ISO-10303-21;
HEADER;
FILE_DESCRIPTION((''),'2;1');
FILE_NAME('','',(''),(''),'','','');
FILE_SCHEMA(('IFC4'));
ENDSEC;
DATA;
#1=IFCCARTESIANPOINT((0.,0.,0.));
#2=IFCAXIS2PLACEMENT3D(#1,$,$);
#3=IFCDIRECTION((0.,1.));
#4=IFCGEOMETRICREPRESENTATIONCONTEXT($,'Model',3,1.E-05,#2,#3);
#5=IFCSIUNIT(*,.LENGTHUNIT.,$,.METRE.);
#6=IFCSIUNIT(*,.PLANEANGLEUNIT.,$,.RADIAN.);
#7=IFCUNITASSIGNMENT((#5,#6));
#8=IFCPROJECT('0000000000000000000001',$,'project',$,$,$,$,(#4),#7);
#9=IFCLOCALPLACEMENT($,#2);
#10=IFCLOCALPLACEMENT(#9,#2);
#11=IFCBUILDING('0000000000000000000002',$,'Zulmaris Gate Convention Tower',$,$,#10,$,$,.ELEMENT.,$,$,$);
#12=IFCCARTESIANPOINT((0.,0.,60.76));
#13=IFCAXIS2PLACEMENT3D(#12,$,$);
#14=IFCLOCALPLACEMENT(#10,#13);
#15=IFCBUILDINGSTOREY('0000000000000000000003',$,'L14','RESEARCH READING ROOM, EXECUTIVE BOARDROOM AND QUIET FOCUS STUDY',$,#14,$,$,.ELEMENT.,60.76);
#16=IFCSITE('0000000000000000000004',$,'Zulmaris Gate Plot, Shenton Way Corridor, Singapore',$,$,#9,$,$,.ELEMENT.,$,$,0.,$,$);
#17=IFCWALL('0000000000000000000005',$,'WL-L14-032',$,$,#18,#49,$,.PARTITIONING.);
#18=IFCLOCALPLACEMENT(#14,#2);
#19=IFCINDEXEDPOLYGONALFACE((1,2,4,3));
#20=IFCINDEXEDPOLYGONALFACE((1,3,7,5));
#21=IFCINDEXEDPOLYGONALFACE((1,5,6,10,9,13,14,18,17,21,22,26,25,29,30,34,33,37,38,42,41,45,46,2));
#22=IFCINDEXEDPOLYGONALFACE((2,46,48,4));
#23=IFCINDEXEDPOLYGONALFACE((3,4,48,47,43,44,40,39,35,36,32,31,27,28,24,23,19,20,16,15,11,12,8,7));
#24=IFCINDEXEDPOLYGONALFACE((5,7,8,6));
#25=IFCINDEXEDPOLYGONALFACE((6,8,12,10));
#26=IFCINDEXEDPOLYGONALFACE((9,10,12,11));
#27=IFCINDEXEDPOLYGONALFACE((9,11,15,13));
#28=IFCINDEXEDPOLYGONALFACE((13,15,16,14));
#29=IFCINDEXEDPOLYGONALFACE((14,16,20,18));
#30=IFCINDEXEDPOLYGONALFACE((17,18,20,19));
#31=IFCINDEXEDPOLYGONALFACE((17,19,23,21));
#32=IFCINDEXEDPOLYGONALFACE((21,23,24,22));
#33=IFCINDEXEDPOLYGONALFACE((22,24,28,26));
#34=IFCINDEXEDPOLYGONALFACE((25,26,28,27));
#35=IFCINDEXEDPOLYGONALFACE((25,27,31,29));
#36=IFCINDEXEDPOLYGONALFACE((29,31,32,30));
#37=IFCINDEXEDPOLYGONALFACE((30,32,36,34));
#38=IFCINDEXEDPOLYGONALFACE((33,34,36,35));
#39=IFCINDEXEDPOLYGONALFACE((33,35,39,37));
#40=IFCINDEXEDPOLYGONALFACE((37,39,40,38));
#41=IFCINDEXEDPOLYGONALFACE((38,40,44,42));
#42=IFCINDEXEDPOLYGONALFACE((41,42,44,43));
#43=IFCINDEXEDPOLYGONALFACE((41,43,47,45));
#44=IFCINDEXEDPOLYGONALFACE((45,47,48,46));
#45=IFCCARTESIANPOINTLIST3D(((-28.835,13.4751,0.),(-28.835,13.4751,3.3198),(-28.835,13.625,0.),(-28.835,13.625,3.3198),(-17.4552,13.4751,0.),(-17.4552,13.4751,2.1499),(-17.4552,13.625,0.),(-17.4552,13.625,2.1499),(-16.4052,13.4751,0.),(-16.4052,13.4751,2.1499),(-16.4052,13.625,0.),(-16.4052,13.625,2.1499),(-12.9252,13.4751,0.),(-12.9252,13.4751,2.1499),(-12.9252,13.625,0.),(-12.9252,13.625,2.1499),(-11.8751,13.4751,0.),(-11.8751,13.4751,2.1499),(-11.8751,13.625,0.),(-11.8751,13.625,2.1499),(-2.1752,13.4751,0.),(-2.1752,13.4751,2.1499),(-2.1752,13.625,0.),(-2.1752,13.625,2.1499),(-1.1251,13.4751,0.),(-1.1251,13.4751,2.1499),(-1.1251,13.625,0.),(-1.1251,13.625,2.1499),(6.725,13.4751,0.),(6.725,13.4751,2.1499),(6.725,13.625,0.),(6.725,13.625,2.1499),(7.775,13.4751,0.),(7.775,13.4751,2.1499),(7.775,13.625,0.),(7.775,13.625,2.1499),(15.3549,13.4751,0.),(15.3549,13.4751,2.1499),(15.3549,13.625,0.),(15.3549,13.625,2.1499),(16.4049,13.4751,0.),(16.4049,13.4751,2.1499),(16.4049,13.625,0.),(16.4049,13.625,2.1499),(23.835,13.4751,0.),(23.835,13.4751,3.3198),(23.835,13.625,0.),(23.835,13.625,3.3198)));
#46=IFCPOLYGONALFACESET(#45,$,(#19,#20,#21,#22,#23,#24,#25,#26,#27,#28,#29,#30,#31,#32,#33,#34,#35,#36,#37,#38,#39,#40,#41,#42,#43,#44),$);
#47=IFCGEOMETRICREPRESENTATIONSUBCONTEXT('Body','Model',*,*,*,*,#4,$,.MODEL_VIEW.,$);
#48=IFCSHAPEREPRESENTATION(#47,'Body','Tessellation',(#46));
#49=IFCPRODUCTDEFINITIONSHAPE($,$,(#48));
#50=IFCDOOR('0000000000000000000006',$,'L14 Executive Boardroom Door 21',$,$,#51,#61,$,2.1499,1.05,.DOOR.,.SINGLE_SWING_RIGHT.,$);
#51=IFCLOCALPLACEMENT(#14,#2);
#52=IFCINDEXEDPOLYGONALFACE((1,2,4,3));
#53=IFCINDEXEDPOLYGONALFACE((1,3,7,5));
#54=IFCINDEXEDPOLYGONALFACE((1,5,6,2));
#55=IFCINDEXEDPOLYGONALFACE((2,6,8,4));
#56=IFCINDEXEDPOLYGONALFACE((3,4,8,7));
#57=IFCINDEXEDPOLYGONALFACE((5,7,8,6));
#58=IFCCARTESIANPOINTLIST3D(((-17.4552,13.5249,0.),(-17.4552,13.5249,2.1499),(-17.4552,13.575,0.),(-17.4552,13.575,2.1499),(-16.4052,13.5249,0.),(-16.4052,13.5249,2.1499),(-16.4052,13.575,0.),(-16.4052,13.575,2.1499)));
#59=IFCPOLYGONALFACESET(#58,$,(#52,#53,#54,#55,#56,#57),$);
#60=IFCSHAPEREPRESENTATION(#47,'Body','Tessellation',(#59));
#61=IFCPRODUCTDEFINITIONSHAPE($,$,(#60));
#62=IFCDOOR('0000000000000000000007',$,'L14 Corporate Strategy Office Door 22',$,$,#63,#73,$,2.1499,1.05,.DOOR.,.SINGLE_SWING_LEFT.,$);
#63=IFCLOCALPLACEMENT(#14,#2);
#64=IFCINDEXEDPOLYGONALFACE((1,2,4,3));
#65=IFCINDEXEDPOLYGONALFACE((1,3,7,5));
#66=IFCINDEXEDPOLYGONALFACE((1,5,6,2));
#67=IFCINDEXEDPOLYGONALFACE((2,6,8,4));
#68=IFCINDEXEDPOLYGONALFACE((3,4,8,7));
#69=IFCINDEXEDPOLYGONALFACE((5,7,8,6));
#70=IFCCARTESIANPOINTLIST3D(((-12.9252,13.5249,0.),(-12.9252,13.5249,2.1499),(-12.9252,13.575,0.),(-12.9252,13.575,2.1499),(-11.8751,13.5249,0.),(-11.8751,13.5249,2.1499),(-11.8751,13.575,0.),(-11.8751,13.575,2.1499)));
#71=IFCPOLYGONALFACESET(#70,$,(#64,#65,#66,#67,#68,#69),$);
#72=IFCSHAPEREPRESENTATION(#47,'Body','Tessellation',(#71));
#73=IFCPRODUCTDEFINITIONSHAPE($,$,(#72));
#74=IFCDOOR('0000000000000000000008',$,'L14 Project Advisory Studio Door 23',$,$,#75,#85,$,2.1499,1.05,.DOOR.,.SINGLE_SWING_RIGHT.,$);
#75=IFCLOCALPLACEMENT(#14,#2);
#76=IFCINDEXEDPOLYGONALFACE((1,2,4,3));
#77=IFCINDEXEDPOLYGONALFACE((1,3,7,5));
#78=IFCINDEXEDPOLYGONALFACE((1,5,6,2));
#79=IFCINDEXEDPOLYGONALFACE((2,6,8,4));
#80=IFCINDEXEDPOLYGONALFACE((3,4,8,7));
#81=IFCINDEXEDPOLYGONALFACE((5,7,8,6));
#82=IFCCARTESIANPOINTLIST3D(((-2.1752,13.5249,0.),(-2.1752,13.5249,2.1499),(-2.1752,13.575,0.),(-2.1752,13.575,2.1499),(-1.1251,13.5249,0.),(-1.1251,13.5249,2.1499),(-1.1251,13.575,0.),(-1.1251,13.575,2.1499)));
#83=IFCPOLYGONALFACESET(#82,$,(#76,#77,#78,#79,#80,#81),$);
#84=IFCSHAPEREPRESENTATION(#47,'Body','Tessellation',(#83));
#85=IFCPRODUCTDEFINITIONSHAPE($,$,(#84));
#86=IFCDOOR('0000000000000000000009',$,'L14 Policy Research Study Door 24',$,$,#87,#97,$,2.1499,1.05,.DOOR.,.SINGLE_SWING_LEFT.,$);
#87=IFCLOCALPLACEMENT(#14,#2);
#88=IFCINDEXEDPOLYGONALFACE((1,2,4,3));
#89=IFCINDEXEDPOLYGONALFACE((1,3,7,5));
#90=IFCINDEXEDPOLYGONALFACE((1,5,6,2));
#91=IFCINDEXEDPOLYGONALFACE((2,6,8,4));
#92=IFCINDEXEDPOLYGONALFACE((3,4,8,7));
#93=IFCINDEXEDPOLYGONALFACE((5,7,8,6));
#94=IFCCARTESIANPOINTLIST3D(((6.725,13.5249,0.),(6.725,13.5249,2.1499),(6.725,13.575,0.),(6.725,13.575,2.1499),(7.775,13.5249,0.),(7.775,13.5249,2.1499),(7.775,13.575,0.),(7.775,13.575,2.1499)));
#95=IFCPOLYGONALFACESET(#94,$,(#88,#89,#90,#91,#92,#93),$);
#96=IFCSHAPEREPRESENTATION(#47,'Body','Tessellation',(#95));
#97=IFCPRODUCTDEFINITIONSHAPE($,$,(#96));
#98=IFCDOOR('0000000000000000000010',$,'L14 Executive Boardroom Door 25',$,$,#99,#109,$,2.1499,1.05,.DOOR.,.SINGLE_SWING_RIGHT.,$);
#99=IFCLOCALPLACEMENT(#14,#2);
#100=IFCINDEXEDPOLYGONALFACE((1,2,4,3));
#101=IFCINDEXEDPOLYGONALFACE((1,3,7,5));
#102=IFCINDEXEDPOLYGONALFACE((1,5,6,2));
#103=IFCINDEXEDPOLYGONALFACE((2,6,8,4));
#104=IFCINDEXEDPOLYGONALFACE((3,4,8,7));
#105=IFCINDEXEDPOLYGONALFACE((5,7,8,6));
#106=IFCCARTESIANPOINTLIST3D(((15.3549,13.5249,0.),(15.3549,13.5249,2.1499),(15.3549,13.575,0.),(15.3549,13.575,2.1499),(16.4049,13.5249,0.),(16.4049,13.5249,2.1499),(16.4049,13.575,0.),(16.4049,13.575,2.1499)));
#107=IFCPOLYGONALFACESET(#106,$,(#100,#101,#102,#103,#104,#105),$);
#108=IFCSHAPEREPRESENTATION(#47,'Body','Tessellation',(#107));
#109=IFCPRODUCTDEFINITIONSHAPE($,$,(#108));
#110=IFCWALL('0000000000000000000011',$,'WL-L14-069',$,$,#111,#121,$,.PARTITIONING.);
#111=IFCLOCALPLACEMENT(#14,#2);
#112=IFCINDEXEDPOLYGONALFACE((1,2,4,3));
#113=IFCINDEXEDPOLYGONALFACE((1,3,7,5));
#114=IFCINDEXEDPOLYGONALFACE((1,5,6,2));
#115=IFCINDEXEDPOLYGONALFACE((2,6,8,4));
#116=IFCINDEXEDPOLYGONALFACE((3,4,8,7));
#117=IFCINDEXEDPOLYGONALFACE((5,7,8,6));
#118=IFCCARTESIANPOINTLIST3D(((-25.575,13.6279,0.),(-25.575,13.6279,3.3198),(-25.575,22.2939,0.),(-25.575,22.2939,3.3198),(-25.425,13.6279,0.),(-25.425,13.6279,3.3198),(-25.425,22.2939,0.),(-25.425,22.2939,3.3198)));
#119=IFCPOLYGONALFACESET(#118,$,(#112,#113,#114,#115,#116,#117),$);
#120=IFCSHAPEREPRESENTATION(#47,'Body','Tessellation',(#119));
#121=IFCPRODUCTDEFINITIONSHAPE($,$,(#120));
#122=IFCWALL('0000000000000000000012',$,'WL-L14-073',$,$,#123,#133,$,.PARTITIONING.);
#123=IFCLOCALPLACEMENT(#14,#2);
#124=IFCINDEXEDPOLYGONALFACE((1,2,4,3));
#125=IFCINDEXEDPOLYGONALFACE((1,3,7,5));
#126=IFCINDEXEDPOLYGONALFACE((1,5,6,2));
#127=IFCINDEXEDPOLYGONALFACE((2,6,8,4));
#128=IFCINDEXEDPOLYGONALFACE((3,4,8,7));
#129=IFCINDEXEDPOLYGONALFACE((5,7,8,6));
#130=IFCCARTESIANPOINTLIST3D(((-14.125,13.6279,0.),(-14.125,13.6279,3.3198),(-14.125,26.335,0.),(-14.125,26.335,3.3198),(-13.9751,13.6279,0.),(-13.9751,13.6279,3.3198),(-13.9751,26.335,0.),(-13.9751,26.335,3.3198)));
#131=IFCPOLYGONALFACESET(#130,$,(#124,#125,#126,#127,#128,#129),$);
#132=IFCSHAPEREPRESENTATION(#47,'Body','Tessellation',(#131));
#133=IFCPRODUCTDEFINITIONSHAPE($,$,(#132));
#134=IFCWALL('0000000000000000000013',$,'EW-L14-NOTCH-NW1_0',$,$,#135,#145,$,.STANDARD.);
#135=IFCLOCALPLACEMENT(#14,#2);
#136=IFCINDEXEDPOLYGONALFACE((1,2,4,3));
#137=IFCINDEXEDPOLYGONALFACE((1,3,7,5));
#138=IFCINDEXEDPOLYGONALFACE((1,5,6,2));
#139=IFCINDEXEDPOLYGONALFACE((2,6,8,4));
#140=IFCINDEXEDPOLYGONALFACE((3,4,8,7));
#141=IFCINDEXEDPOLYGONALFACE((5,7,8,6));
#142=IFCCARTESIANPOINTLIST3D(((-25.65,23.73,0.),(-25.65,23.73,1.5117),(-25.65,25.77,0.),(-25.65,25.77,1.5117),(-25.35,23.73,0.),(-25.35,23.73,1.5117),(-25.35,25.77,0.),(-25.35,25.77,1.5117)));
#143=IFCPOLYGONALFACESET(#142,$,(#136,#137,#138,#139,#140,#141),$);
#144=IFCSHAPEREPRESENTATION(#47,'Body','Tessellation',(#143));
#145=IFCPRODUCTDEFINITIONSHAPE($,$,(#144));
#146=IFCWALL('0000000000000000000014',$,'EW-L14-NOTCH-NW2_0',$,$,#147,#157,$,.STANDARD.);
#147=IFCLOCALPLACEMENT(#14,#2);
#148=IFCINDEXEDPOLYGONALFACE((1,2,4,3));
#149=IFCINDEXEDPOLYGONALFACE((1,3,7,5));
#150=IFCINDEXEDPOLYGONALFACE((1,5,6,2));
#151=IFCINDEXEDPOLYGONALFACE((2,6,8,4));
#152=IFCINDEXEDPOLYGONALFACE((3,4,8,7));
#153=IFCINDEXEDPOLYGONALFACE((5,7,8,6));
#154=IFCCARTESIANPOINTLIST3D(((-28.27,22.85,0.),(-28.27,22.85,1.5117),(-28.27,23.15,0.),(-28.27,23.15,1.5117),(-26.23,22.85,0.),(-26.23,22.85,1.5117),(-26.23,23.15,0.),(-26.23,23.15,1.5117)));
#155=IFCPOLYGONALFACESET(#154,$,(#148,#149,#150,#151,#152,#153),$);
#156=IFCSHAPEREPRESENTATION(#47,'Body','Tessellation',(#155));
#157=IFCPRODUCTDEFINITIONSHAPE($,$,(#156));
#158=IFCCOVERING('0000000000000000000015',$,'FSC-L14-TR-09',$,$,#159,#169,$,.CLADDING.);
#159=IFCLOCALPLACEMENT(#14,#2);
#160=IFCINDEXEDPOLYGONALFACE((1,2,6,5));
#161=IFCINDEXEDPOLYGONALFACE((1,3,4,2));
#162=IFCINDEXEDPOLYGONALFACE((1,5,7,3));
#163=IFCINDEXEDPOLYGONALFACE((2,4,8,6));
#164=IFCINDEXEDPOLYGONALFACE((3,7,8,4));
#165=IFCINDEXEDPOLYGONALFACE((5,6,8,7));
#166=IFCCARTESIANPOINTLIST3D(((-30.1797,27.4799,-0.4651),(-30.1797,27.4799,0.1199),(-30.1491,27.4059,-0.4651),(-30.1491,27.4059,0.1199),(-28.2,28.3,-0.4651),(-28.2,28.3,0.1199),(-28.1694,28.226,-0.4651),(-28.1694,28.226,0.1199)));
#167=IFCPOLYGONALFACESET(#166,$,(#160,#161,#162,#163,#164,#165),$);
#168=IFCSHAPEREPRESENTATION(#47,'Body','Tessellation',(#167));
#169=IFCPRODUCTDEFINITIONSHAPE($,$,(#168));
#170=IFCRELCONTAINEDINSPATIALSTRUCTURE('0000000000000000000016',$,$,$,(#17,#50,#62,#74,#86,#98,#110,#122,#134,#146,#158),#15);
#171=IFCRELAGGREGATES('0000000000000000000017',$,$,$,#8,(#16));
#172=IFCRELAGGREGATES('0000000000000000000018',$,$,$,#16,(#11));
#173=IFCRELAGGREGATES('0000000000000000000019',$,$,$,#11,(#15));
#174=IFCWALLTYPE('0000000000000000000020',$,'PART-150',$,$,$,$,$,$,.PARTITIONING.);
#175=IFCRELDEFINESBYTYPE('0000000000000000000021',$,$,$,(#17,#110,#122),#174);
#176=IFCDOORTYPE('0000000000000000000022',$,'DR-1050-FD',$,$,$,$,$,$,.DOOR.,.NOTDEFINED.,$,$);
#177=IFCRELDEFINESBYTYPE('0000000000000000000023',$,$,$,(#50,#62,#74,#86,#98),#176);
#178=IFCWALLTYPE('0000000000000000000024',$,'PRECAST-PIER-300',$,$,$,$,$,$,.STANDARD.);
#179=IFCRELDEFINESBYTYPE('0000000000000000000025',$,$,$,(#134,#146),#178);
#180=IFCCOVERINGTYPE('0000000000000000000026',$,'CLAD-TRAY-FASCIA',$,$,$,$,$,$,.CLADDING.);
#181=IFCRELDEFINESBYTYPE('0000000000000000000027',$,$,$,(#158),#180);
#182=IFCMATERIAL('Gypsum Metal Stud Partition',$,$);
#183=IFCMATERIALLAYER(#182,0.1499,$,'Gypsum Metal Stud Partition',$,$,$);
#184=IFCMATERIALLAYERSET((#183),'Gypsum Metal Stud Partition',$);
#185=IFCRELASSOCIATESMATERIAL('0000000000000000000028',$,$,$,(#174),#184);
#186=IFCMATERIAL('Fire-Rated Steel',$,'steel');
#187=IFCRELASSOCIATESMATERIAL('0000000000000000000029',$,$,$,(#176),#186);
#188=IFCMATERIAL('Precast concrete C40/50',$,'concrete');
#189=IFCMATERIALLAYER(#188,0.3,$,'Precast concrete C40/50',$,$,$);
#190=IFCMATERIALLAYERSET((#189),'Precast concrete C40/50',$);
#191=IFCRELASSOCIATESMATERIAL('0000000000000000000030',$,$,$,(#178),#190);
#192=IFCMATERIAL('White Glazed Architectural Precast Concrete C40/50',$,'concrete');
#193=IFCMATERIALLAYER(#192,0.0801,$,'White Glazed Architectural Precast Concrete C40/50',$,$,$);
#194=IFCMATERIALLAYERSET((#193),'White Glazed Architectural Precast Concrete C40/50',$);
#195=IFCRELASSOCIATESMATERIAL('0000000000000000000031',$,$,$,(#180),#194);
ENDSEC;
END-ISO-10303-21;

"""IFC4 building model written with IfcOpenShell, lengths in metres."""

from ifc_helpers import new_model, si_unit, direction, frame, frame_2d, origin, place, context, subcontext, project, spatial, rectangle, extrude, material, layer, layer_set, type_object, element, fill, save


model = new_model("IFC4")

# Units and contexts
model_context = context("Model", 3, precision=1e-05, world=origin(), true_north=direction((0.0, 1.0)))
body_context = subcontext(model_context, "Body", "Model", "MODEL_VIEW")
ifc_project = project(units=[si_unit("LENGTHUNIT", "METRE"), si_unit("PLANEANGLEUNIT", "RADIAN")], contexts=[model_context])

# Site, building, storey
site_placement = place(None, origin())
site = spatial("IfcSite", under=ifc_project, at=site_placement, Name="Zulmaris Gate Plot, Shenton Way Corridor, Singapore", CompositionType="ELEMENT", RefElevation=0.0)
building_placement = place(site_placement, origin())
building = spatial("IfcBuilding", under=site, at=building_placement, Name="Zulmaris Gate Convention Tower", CompositionType="ELEMENT")
storey_placement = place(building_placement, frame((0.0, 0.0, 60.76)))
storey = spatial("IfcBuildingStorey", under=building, at=storey_placement, Name="L14", Description="RESEARCH READING ROOM, EXECUTIVE BOARDROOM AND QUIET FOCUS STUDY", CompositionType="ELEMENT", Elevation=60.76)

# Shared definitions
ifc_material_1 = material(Name="Fire-Rated Steel", Category="steel")

# Wall, openings, doors
ifc_material_2 = material(Name="Gypsum Metal Stud Partition")
ifc_layer_1 = layer(ifc_material_2, 0.1499, Name="Gypsum Metal Stud Partition")
ifc_layer_set_1 = layer_set([ifc_layer_1], Name="Gypsum Metal Stud Partition")
wall_type_1 = type_object("IfcWallType", Name="PART-150", PredefinedType="PARTITIONING", material=ifc_layer_set_1)
wall_1_placement = place(storey_placement, frame((-28.835, 13.55, 0.0), z_axis=(0.0, 0.0, 1.0), x_axis=(1.0, 0.0, 0.0)))
wall_1 = element("IfcWall", 1, at=wall_1_placement, inside=storey, type_object=wall_type_1, Name="WL-L14-032", PredefinedType="PARTITIONING", context=body_context, shape_type="SweptSolid", body=[
    extrude(rectangle(XDim=52.6699, YDim=0.1499, at=frame_2d((26.335, 0.0))), origin(), (0.0, 0.0, 1.0), 3.3198),
])
opening_1_placement = place(wall_1_placement, frame((11.3799, 0.0, 0.0)))
opening_1 = element("IfcOpeningElement", 2, at=opening_1_placement, cuts=wall_1, PredefinedType="OPENING", context=body_context, shape_type="SweptSolid", body=[
    extrude(rectangle(XDim=1.05, YDim=2.1499, at=frame_2d((0.5249, 1.075))), frame((0.0, 0.085, 0.0), z_axis=(0.0, -1.0, 0.0), x_axis=(1.0, 0.0, 0.0)), (0.0, 0.0, 1.0), 0.1699),
])
opening_2_placement = place(wall_1_placement, frame((15.9099, 0.0, 0.0)))
opening_2 = element("IfcOpeningElement", 3, at=opening_2_placement, cuts=wall_1, PredefinedType="OPENING", context=body_context, shape_type="SweptSolid", body=[
    extrude(rectangle(XDim=1.05, YDim=2.1499, at=frame_2d((0.5249, 1.075))), frame((0.0, 0.085, 0.0), z_axis=(0.0, -1.0, 0.0), x_axis=(1.0, 0.0, 0.0)), (0.0, 0.0, 1.0), 0.1699),
])
opening_3_placement = place(wall_1_placement, frame((26.6599, 0.0, 0.0)))
opening_3 = element("IfcOpeningElement", 4, at=opening_3_placement, cuts=wall_1, PredefinedType="OPENING", context=body_context, shape_type="SweptSolid", body=[
    extrude(rectangle(XDim=1.05, YDim=2.1499, at=frame_2d((0.5249, 1.075))), frame((0.0, 0.085, 0.0), z_axis=(0.0, -1.0, 0.0), x_axis=(1.0, 0.0, 0.0)), (0.0, 0.0, 1.0), 0.1699),
])
opening_4_placement = place(wall_1_placement, frame((35.5601, 0.0, 0.0)))
opening_4 = element("IfcOpeningElement", 5, at=opening_4_placement, cuts=wall_1, PredefinedType="OPENING", context=body_context, shape_type="SweptSolid", body=[
    extrude(rectangle(XDim=1.05, YDim=2.1499, at=frame_2d((0.5249, 1.075))), frame((0.0, 0.085, 0.0), z_axis=(0.0, -1.0, 0.0), x_axis=(1.0, 0.0, 0.0)), (0.0, 0.0, 1.0), 0.1699),
])
opening_5_placement = place(wall_1_placement, frame((44.1899, 0.0, 0.0)))
opening_5 = element("IfcOpeningElement", 6, at=opening_5_placement, cuts=wall_1, PredefinedType="OPENING", context=body_context, shape_type="SweptSolid", body=[
    extrude(rectangle(XDim=1.05, YDim=2.1499, at=frame_2d((0.5249, 1.075))), frame((0.0, 0.085, 0.0), z_axis=(0.0, -1.0, 0.0), x_axis=(1.0, 0.0, 0.0)), (0.0, 0.0, 1.0), 0.1699),
])
door_type_1 = type_object("IfcDoorType", Name="DR-1050-FD", OperationType="NOTDEFINED", PredefinedType="DOOR", material=ifc_material_1)
door_1_placement = place(opening_1_placement, origin())
door_1 = element("IfcDoor", 7, at=door_1_placement, inside=storey, type_object=door_type_1, Name="L14 Executive Boardroom Door 21", OperationType="SINGLE_SWING_RIGHT", OverallHeight=2.1499, OverallWidth=1.05, PredefinedType="DOOR", context=body_context, shape_type="SweptSolid", body=[
    extrude(rectangle(XDim=1.05, YDim=2.1499, at=frame_2d((0.5249, 1.075))), frame((0.0, 0.0249, 0.0), z_axis=(0.0, -1.0, 0.0), x_axis=(1.0, 0.0, 0.0)), (0.0, 0.0, 1.0), 0.05),
])
fill(opening_1, door_1)
door_2_placement = place(opening_2_placement, origin())
door_2 = element("IfcDoor", 8, at=door_2_placement, inside=storey, type_object=door_type_1, Name="L14 Corporate Strategy Office Door 22", OperationType="SINGLE_SWING_LEFT", OverallHeight=2.1499, OverallWidth=1.05, PredefinedType="DOOR", context=body_context, shape_type="SweptSolid", body=[
    extrude(rectangle(XDim=1.05, YDim=2.1499, at=frame_2d((0.5249, 1.075))), frame((0.0, 0.0249, 0.0), z_axis=(0.0, -1.0, 0.0), x_axis=(1.0, 0.0, 0.0)), (0.0, 0.0, 1.0), 0.05),
])
fill(opening_2, door_2)
door_3_placement = place(opening_3_placement, origin())
door_3 = element("IfcDoor", 9, at=door_3_placement, inside=storey, type_object=door_type_1, Name="L14 Project Advisory Studio Door 23", OperationType="SINGLE_SWING_RIGHT", OverallHeight=2.1499, OverallWidth=1.05, PredefinedType="DOOR", context=body_context, shape_type="SweptSolid", body=[
    extrude(rectangle(XDim=1.05, YDim=2.1499, at=frame_2d((0.5249, 1.075))), frame((0.0, 0.0249, 0.0), z_axis=(0.0, -1.0, 0.0), x_axis=(1.0, 0.0, 0.0)), (0.0, 0.0, 1.0), 0.05),
])
fill(opening_3, door_3)
door_4_placement = place(opening_4_placement, origin())
door_4 = element("IfcDoor", 10, at=door_4_placement, inside=storey, type_object=door_type_1, Name="L14 Policy Research Study Door 24", OperationType="SINGLE_SWING_LEFT", OverallHeight=2.1499, OverallWidth=1.05, PredefinedType="DOOR", context=body_context, shape_type="SweptSolid", body=[
    extrude(rectangle(XDim=1.05, YDim=2.1499, at=frame_2d((0.5249, 1.075))), frame((0.0, 0.0249, 0.0), z_axis=(0.0, -1.0, 0.0), x_axis=(1.0, 0.0, 0.0)), (0.0, 0.0, 1.0), 0.05),
])
fill(opening_4, door_4)
door_5_placement = place(opening_5_placement, origin())
door_5 = element("IfcDoor", 11, at=door_5_placement, inside=storey, type_object=door_type_1, Name="L14 Executive Boardroom Door 25", OperationType="SINGLE_SWING_RIGHT", OverallHeight=2.1499, OverallWidth=1.05, PredefinedType="DOOR", context=body_context, shape_type="SweptSolid", body=[
    extrude(rectangle(XDim=1.05, YDim=2.1499, at=frame_2d((0.5249, 1.075))), frame((0.0, 0.0249, 0.0), z_axis=(0.0, -1.0, 0.0), x_axis=(1.0, 0.0, 0.0)), (0.0, 0.0, 1.0), 0.05),
])
fill(opening_5, door_5)

# Wall
wall_2_placement = place(storey_placement, frame((-25.5, 13.6279, 0.0), z_axis=(0.0, 0.0, 1.0), x_axis=(0.0, 1.0, 0.0)))
element("IfcWall", 12, at=wall_2_placement, inside=storey, type_object=wall_type_1, Name="WL-L14-069", PredefinedType="PARTITIONING", context=body_context, shape_type="SweptSolid", body=[
    extrude(rectangle(XDim=8.666, YDim=0.1499, at=frame_2d((4.333, 0.0))), origin(), (0.0, 0.0, 1.0), 3.3198),
])

# Walls
wall_3_placement = place(storey_placement, frame((-14.05, 13.6279, 0.0), z_axis=(0.0, 0.0, 1.0), x_axis=(0.0, 1.0, 0.0)))
element("IfcWall", 13, at=wall_3_placement, inside=storey, type_object=wall_type_1, Name="WL-L14-073", PredefinedType="PARTITIONING", context=body_context, shape_type="SweptSolid", body=[
    extrude(rectangle(XDim=12.707, YDim=0.1499, at=frame_2d((6.3535, 0.0))), origin(), (0.0, 0.0, 1.0), 3.3198),
])
ifc_material_3 = material(Name="Precast concrete C40/50", Category="concrete")
ifc_layer_2 = layer(ifc_material_3, 0.3, Name="Precast concrete C40/50")
ifc_layer_set_2 = layer_set([ifc_layer_2], Name="Precast concrete C40/50")
wall_type_2 = type_object("IfcWallType", Name="PRECAST-PIER-300", PredefinedType="STANDARD", material=ifc_layer_set_2)
for number, where, z_axis, x_axis, name in (
    (14, (-25.5, 25.77, 0.0), (0.0, 0.0, 1.0), (0.0, -1.0, 0.0), "EW-L14-NOTCH-NW1_0"),
    (15, (-26.23, 23.0, 0.0), (0.0, 0.0, 1.0), (-1.0, 0.0, 0.0), "EW-L14-NOTCH-NW2_0"),
):
    element("IfcWall", number, at=place(storey_placement, frame(where, z_axis=z_axis, x_axis=x_axis)), inside=storey, type_object=wall_type_2, Name=name, PredefinedType="STANDARD", context=body_context, shape_type="SweptSolid", body=[
        extrude(rectangle(XDim=2.04, YDim=0.3, at=frame_2d((1.02, 0.0))), origin(), (0.0, 0.0, 1.0), 1.5117),
    ])

# Covering
ifc_material_4 = material(Name="White Glazed Architectural Precast Concrete C40/50", Category="concrete")
ifc_layer_3 = layer(ifc_material_4, 0.0801, Name="White Glazed Architectural Precast Concrete C40/50")
ifc_layer_set_3 = layer_set([ifc_layer_3], Name="White Glazed Architectural Precast Concrete C40/50")
covering_type = type_object("IfcCoveringType", Name="CLAD-TRAY-FASCIA", PredefinedType="CLADDING", material=ifc_layer_set_3)
covering_1_placement = place(storey_placement, frame((-28.1848, 28.2629, -0.4651), z_axis=(0.0, 0.0, 1.0), x_axis=(-0.923874, -0.382697, 0.0)))
element("IfcCovering", 16, at=covering_1_placement, inside=storey, type_object=covering_type, Name="FSC-L14-TR-09", PredefinedType="CLADDING", context=body_context, shape_type="SweptSolid", body=[
    extrude(rectangle(XDim=2.1428, YDim=0.0801, at=frame_2d((1.0713, 0.0))), origin(), (0.0, 0.0, 1.0), 0.585),
])

save(model, "model.ifc")
